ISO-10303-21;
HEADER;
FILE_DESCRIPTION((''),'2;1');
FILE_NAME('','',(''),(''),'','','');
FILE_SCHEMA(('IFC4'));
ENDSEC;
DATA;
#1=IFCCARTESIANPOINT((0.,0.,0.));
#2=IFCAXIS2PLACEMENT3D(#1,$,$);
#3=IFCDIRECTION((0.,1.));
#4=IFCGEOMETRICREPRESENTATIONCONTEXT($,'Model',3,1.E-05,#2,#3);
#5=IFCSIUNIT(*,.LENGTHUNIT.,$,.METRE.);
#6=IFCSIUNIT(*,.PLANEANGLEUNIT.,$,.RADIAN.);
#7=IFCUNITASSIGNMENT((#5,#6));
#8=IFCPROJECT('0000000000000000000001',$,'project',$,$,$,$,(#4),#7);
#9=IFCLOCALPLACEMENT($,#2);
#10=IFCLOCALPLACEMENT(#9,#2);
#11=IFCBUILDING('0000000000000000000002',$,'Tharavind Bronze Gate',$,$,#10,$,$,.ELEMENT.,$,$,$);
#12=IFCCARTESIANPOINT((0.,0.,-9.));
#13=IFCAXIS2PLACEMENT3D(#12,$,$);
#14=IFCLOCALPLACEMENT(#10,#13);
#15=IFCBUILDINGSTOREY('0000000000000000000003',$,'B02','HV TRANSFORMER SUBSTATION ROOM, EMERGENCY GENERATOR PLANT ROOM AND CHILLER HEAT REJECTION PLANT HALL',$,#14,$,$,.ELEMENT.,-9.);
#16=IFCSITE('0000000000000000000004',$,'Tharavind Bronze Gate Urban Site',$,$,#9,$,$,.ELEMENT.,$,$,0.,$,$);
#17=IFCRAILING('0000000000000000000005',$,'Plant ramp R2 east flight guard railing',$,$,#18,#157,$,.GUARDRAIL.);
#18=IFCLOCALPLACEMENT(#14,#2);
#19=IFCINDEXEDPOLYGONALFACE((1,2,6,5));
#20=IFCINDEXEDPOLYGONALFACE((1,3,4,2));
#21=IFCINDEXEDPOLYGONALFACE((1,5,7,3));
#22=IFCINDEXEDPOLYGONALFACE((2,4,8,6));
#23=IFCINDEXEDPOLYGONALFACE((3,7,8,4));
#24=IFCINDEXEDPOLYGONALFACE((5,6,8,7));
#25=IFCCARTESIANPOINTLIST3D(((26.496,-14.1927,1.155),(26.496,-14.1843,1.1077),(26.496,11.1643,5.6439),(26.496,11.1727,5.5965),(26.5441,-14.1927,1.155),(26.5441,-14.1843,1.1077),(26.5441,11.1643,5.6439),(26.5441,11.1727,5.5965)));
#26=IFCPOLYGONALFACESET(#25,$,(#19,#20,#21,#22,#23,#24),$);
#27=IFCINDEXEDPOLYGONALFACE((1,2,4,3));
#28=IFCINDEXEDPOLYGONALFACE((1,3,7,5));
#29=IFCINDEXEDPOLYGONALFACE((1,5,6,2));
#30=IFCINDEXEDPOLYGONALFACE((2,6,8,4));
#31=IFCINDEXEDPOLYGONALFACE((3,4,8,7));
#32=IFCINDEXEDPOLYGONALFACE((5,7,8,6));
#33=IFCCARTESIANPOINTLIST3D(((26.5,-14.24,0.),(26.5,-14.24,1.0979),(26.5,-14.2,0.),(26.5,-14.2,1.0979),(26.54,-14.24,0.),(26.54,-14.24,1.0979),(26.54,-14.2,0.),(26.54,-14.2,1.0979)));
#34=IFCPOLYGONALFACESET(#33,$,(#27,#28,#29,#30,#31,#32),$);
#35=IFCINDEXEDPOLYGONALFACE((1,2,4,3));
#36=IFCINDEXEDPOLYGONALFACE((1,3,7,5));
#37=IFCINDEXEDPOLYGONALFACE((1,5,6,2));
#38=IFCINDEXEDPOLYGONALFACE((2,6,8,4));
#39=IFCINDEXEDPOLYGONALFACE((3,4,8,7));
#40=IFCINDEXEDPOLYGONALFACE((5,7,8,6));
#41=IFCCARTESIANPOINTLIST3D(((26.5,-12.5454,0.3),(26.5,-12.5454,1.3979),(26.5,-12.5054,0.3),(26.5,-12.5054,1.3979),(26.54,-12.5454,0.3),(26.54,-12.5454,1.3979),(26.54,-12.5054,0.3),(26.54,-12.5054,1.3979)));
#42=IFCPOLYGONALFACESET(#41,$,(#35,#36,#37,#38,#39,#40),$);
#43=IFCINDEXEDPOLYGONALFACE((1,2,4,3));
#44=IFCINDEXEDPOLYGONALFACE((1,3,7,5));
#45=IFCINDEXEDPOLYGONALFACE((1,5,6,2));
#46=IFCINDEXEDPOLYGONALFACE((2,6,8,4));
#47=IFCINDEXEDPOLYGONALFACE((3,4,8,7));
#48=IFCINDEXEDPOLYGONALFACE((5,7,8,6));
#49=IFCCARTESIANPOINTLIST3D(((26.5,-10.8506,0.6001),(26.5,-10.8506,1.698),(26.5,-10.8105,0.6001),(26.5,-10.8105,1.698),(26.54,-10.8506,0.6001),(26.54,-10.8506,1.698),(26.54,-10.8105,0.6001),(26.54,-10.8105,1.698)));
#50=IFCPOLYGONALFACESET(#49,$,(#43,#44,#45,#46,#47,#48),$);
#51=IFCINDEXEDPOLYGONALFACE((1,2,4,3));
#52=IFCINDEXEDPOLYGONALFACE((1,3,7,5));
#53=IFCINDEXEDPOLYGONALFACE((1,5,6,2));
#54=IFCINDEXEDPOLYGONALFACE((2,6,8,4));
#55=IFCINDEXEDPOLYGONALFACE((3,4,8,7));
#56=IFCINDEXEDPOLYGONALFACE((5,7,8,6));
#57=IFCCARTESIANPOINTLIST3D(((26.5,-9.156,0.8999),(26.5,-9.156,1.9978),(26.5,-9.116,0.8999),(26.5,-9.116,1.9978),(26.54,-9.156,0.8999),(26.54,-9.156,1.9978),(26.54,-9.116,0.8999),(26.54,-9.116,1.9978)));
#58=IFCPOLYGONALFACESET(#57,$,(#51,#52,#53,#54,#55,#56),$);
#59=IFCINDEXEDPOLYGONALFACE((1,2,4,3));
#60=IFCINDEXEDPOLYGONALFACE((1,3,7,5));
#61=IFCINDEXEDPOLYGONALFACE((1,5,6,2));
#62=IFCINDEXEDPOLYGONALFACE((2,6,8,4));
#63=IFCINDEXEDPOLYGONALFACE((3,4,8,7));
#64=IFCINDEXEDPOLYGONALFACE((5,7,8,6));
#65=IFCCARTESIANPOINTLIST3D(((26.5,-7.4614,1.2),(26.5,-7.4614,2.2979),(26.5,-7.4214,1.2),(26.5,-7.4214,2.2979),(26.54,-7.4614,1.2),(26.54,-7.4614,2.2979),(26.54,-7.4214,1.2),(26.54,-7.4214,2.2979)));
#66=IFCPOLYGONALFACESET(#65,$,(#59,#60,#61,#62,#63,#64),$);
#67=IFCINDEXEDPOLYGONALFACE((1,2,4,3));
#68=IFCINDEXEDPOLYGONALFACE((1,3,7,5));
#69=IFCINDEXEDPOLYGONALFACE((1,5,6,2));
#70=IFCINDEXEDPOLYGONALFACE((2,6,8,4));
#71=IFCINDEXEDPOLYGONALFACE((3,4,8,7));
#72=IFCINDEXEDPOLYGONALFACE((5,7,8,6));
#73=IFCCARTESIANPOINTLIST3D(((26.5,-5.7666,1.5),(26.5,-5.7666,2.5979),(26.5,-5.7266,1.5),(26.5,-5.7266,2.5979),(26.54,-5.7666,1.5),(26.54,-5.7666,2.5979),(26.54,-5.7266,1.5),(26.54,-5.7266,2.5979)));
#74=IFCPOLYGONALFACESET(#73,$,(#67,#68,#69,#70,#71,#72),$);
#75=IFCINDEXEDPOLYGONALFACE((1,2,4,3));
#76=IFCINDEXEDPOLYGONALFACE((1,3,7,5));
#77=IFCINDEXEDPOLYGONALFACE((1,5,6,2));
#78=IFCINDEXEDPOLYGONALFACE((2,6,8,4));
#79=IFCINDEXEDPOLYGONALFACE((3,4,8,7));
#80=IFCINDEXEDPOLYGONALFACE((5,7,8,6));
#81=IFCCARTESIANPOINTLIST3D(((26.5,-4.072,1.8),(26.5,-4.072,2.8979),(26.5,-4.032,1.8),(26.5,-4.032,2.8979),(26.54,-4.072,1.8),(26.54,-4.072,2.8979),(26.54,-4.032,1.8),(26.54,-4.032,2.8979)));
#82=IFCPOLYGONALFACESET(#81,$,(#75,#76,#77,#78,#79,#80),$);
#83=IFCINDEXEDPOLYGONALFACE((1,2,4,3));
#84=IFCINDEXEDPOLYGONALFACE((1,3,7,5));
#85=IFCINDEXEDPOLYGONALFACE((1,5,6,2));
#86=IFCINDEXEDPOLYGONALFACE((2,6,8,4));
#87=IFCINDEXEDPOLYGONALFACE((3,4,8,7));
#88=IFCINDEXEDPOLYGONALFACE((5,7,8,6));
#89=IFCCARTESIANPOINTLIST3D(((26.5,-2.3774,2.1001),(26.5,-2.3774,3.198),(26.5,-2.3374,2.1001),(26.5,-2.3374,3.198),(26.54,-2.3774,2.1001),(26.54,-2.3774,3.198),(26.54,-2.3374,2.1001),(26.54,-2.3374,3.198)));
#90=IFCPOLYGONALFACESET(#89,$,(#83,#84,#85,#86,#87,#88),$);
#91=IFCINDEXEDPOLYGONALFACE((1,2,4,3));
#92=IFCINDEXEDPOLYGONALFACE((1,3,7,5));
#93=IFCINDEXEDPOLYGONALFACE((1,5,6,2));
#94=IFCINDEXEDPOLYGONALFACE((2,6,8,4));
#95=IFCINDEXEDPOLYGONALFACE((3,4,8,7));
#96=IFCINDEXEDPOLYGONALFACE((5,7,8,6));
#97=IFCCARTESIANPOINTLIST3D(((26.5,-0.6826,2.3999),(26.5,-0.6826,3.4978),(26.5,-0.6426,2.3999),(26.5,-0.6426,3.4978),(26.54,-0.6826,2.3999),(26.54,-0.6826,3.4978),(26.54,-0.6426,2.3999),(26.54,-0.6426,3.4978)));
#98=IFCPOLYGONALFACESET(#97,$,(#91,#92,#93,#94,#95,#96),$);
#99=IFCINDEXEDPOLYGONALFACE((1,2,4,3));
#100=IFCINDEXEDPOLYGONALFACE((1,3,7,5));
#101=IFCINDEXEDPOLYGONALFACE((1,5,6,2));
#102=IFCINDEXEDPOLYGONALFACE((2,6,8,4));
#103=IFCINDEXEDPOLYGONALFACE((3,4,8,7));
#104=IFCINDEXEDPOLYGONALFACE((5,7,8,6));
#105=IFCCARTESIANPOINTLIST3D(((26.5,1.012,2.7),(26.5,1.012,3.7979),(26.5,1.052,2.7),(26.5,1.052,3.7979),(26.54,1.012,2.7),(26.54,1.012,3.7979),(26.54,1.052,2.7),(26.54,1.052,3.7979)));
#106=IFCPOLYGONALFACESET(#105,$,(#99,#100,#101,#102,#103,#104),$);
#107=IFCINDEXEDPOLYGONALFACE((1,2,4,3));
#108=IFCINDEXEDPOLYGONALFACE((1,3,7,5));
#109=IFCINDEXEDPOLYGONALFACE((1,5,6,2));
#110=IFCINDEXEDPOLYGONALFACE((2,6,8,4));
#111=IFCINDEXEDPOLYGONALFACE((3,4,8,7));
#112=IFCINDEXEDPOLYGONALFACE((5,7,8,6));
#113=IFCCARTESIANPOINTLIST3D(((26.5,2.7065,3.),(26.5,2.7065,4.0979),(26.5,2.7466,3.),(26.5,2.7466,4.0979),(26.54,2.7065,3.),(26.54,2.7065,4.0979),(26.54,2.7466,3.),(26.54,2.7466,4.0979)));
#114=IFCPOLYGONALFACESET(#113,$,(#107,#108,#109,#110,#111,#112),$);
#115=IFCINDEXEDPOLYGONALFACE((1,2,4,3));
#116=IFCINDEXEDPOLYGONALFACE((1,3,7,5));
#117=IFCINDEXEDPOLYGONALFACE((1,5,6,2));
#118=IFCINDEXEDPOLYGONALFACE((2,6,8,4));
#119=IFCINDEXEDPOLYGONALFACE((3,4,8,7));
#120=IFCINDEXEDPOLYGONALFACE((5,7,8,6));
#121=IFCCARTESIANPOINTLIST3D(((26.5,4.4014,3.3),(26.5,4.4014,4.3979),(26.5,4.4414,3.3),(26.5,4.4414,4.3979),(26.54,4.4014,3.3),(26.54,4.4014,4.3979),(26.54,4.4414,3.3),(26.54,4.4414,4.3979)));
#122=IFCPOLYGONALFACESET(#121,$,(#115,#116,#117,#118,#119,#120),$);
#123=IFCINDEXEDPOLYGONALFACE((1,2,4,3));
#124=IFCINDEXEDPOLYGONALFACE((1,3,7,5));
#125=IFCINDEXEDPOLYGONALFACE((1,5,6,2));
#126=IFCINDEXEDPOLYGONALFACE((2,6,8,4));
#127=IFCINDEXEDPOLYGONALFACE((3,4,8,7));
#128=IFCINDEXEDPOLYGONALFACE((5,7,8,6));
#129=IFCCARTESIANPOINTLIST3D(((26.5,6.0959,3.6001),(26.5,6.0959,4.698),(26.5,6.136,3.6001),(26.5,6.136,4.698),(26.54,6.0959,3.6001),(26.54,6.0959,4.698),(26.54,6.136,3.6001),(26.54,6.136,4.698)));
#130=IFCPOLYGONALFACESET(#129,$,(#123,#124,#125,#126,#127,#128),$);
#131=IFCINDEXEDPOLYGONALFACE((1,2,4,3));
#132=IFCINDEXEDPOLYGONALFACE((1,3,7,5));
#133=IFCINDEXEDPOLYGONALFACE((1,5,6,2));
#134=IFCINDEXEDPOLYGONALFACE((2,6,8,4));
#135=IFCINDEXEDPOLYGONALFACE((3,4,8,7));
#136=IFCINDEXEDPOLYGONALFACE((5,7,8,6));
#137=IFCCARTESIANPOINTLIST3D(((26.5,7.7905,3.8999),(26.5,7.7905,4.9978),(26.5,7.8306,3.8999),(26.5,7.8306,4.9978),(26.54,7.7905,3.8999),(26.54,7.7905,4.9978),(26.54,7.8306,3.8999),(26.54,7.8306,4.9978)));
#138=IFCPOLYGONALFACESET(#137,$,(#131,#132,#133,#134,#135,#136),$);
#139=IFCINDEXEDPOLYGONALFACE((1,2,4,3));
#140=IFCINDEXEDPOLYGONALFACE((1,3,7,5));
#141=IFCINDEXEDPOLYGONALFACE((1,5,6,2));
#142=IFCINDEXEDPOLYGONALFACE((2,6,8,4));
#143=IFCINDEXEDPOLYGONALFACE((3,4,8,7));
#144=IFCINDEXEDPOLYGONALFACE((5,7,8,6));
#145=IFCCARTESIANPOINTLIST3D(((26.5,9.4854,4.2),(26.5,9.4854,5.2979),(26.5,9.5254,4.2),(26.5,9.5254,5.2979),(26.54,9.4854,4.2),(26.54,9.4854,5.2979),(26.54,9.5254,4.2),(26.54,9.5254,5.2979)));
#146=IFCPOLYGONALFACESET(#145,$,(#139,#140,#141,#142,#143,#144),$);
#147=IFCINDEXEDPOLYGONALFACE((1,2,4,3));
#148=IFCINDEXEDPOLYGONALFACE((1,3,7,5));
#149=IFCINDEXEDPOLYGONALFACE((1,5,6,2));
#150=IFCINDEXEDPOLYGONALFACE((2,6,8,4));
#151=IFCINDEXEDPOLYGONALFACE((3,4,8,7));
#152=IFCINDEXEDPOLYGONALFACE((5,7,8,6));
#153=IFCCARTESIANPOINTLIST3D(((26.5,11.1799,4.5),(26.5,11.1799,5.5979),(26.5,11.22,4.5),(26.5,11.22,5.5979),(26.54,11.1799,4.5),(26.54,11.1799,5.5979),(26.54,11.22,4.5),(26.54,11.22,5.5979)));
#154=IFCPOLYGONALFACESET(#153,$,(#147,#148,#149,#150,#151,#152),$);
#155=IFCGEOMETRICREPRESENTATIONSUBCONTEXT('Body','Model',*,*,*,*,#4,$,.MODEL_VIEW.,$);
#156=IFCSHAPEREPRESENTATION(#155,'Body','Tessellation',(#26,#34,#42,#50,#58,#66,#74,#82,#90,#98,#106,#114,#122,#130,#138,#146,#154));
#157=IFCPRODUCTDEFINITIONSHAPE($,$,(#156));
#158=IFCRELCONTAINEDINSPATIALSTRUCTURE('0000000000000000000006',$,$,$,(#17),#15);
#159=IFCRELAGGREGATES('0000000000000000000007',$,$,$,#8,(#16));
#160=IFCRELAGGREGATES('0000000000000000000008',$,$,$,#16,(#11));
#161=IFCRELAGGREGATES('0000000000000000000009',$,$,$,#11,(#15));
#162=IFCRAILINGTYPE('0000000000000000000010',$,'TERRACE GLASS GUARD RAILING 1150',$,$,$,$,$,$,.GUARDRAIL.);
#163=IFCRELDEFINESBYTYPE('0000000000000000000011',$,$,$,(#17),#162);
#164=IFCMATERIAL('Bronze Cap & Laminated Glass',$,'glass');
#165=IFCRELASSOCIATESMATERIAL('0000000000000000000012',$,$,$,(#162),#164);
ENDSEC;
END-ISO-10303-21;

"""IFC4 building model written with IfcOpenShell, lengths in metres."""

from ifc_helpers import new_model, si_unit, direction, frame, origin, origin_2d, place, context, subcontext, project, spatial, rectangle, extrude, material, type_object, element, save


model = new_model("IFC4")

# Units and contexts
model_context = context("Model", 3, precision=1e-05, world=origin(), true_north=direction((0.0, 1.0)))
body_context = subcontext(model_context, "Body", "Model", "MODEL_VIEW")
ifc_project = project(units=[si_unit("LENGTHUNIT", "METRE"), si_unit("PLANEANGLEUNIT", "RADIAN")], contexts=[model_context])

# Site, building, storey
site_placement = place(None, origin())
site = spatial("IfcSite", under=ifc_project, at=site_placement, Name="Tharavind Bronze Gate Urban Site", CompositionType="ELEMENT", RefElevation=0.0)
building_placement = place(site_placement, origin())
building = spatial("IfcBuilding", under=site, at=building_placement, Name="Tharavind Bronze Gate", CompositionType="ELEMENT")
storey_placement = place(building_placement, frame((0.0, 0.0, -9.0)))
storey = spatial("IfcBuildingStorey", under=building, at=storey_placement, Name="B02", Description="HV TRANSFORMER SUBSTATION ROOM, EMERGENCY GENERATOR PLANT ROOM AND CHILLER HEAT REJECTION PLANT HALL", CompositionType="ELEMENT", Elevation=-9.0)

# Railing
ifc_material_1 = material(Name="Bronze Cap & Laminated Glass", Category="glass")
railing_type_1 = type_object("IfcRailingType", Name="TERRACE GLASS GUARD RAILING 1150", PredefinedType="GUARDRAIL", material=ifc_material_1)
railing_1_placement = place(storey_placement, frame((26.52, -14.22, 0.0)))
element("IfcRailing", 1, at=railing_1_placement, inside=storey, type_object=railing_type_1, Name="Plant ramp R2 east flight guard railing", PredefinedType="GUARDRAIL", context=body_context, shape_type="SweptSolid", body=[
    extrude(rectangle(XDim=0.0481, YDim=0.0481, at=origin_2d()), frame((0.0, 0.0315, 1.1313), z_axis=(0.0, 0.98469, 0.174316), x_axis=(-1.0, 0.0, 0.0)), (0.0, 0.0, 1.0), 25.7512),
    extrude(rectangle(XDim=0.04, YDim=0.04, at=origin_2d()), origin(), (0.0, 0.0, 1.0), 1.0979),
    extrude(rectangle(XDim=0.04, YDim=0.04, at=origin_2d()), frame((0.0, 1.6946, 0.3)), (0.0, 0.0, 1.0), 1.0979),
    extrude(rectangle(XDim=0.04, YDim=0.04, at=origin_2d()), frame((0.0, 3.3894, 0.6001)), (0.0, 0.0, 1.0), 1.0979),
    extrude(rectangle(XDim=0.04, YDim=0.04, at=origin_2d()), frame((0.0, 5.084, 0.8999)), (0.0, 0.0, 1.0), 1.0979),
    extrude(rectangle(XDim=0.04, YDim=0.04, at=origin_2d()), frame((0.0, 6.7786, 1.2)), (0.0, 0.0, 1.0), 1.0979),
    extrude(rectangle(XDim=0.04, YDim=0.04, at=origin_2d()), frame((0.0, 8.4734, 1.5)), (0.0, 0.0, 1.0), 1.0979),
    extrude(rectangle(XDim=0.04, YDim=0.04, at=origin_2d()), frame((0.0, 10.168, 1.8)), (0.0, 0.0, 1.0), 1.0979),
    extrude(rectangle(XDim=0.04, YDim=0.04, at=origin_2d()), frame((0.0, 11.8625, 2.1001)), (0.0, 0.0, 1.0), 1.0979),
    extrude(rectangle(XDim=0.04, YDim=0.04, at=origin_2d()), frame((0.0, 13.5574, 2.3999)), (0.0, 0.0, 1.0), 1.0979),
    extrude(rectangle(XDim=0.04, YDim=0.04, at=origin_2d()), frame((0.0, 15.252, 2.7)), (0.0, 0.0, 1.0), 1.0979),
    extrude(rectangle(XDim=0.04, YDim=0.04, at=origin_2d()), frame((0.0, 16.9465, 3.0)), (0.0, 0.0, 1.0), 1.0979),
    extrude(rectangle(XDim=0.04, YDim=0.04, at=origin_2d()), frame((0.0, 18.6414, 3.3)), (0.0, 0.0, 1.0), 1.0979),
    extrude(rectangle(XDim=0.04, YDim=0.04, at=origin_2d()), frame((0.0, 20.3359, 3.6001)), (0.0, 0.0, 1.0), 1.0979),
    extrude(rectangle(XDim=0.04, YDim=0.04, at=origin_2d()), frame((0.0, 22.0305, 3.8999)), (0.0, 0.0, 1.0), 1.0979),
    extrude(rectangle(XDim=0.04, YDim=0.04, at=origin_2d()), frame((0.0, 23.7253, 4.2)), (0.0, 0.0, 1.0), 1.0979),
    extrude(rectangle(XDim=0.04, YDim=0.04, at=origin_2d()), frame((0.0, 25.4199, 4.5)), (0.0, 0.0, 1.0), 1.0979),
])

save(model, "model.ifc")
